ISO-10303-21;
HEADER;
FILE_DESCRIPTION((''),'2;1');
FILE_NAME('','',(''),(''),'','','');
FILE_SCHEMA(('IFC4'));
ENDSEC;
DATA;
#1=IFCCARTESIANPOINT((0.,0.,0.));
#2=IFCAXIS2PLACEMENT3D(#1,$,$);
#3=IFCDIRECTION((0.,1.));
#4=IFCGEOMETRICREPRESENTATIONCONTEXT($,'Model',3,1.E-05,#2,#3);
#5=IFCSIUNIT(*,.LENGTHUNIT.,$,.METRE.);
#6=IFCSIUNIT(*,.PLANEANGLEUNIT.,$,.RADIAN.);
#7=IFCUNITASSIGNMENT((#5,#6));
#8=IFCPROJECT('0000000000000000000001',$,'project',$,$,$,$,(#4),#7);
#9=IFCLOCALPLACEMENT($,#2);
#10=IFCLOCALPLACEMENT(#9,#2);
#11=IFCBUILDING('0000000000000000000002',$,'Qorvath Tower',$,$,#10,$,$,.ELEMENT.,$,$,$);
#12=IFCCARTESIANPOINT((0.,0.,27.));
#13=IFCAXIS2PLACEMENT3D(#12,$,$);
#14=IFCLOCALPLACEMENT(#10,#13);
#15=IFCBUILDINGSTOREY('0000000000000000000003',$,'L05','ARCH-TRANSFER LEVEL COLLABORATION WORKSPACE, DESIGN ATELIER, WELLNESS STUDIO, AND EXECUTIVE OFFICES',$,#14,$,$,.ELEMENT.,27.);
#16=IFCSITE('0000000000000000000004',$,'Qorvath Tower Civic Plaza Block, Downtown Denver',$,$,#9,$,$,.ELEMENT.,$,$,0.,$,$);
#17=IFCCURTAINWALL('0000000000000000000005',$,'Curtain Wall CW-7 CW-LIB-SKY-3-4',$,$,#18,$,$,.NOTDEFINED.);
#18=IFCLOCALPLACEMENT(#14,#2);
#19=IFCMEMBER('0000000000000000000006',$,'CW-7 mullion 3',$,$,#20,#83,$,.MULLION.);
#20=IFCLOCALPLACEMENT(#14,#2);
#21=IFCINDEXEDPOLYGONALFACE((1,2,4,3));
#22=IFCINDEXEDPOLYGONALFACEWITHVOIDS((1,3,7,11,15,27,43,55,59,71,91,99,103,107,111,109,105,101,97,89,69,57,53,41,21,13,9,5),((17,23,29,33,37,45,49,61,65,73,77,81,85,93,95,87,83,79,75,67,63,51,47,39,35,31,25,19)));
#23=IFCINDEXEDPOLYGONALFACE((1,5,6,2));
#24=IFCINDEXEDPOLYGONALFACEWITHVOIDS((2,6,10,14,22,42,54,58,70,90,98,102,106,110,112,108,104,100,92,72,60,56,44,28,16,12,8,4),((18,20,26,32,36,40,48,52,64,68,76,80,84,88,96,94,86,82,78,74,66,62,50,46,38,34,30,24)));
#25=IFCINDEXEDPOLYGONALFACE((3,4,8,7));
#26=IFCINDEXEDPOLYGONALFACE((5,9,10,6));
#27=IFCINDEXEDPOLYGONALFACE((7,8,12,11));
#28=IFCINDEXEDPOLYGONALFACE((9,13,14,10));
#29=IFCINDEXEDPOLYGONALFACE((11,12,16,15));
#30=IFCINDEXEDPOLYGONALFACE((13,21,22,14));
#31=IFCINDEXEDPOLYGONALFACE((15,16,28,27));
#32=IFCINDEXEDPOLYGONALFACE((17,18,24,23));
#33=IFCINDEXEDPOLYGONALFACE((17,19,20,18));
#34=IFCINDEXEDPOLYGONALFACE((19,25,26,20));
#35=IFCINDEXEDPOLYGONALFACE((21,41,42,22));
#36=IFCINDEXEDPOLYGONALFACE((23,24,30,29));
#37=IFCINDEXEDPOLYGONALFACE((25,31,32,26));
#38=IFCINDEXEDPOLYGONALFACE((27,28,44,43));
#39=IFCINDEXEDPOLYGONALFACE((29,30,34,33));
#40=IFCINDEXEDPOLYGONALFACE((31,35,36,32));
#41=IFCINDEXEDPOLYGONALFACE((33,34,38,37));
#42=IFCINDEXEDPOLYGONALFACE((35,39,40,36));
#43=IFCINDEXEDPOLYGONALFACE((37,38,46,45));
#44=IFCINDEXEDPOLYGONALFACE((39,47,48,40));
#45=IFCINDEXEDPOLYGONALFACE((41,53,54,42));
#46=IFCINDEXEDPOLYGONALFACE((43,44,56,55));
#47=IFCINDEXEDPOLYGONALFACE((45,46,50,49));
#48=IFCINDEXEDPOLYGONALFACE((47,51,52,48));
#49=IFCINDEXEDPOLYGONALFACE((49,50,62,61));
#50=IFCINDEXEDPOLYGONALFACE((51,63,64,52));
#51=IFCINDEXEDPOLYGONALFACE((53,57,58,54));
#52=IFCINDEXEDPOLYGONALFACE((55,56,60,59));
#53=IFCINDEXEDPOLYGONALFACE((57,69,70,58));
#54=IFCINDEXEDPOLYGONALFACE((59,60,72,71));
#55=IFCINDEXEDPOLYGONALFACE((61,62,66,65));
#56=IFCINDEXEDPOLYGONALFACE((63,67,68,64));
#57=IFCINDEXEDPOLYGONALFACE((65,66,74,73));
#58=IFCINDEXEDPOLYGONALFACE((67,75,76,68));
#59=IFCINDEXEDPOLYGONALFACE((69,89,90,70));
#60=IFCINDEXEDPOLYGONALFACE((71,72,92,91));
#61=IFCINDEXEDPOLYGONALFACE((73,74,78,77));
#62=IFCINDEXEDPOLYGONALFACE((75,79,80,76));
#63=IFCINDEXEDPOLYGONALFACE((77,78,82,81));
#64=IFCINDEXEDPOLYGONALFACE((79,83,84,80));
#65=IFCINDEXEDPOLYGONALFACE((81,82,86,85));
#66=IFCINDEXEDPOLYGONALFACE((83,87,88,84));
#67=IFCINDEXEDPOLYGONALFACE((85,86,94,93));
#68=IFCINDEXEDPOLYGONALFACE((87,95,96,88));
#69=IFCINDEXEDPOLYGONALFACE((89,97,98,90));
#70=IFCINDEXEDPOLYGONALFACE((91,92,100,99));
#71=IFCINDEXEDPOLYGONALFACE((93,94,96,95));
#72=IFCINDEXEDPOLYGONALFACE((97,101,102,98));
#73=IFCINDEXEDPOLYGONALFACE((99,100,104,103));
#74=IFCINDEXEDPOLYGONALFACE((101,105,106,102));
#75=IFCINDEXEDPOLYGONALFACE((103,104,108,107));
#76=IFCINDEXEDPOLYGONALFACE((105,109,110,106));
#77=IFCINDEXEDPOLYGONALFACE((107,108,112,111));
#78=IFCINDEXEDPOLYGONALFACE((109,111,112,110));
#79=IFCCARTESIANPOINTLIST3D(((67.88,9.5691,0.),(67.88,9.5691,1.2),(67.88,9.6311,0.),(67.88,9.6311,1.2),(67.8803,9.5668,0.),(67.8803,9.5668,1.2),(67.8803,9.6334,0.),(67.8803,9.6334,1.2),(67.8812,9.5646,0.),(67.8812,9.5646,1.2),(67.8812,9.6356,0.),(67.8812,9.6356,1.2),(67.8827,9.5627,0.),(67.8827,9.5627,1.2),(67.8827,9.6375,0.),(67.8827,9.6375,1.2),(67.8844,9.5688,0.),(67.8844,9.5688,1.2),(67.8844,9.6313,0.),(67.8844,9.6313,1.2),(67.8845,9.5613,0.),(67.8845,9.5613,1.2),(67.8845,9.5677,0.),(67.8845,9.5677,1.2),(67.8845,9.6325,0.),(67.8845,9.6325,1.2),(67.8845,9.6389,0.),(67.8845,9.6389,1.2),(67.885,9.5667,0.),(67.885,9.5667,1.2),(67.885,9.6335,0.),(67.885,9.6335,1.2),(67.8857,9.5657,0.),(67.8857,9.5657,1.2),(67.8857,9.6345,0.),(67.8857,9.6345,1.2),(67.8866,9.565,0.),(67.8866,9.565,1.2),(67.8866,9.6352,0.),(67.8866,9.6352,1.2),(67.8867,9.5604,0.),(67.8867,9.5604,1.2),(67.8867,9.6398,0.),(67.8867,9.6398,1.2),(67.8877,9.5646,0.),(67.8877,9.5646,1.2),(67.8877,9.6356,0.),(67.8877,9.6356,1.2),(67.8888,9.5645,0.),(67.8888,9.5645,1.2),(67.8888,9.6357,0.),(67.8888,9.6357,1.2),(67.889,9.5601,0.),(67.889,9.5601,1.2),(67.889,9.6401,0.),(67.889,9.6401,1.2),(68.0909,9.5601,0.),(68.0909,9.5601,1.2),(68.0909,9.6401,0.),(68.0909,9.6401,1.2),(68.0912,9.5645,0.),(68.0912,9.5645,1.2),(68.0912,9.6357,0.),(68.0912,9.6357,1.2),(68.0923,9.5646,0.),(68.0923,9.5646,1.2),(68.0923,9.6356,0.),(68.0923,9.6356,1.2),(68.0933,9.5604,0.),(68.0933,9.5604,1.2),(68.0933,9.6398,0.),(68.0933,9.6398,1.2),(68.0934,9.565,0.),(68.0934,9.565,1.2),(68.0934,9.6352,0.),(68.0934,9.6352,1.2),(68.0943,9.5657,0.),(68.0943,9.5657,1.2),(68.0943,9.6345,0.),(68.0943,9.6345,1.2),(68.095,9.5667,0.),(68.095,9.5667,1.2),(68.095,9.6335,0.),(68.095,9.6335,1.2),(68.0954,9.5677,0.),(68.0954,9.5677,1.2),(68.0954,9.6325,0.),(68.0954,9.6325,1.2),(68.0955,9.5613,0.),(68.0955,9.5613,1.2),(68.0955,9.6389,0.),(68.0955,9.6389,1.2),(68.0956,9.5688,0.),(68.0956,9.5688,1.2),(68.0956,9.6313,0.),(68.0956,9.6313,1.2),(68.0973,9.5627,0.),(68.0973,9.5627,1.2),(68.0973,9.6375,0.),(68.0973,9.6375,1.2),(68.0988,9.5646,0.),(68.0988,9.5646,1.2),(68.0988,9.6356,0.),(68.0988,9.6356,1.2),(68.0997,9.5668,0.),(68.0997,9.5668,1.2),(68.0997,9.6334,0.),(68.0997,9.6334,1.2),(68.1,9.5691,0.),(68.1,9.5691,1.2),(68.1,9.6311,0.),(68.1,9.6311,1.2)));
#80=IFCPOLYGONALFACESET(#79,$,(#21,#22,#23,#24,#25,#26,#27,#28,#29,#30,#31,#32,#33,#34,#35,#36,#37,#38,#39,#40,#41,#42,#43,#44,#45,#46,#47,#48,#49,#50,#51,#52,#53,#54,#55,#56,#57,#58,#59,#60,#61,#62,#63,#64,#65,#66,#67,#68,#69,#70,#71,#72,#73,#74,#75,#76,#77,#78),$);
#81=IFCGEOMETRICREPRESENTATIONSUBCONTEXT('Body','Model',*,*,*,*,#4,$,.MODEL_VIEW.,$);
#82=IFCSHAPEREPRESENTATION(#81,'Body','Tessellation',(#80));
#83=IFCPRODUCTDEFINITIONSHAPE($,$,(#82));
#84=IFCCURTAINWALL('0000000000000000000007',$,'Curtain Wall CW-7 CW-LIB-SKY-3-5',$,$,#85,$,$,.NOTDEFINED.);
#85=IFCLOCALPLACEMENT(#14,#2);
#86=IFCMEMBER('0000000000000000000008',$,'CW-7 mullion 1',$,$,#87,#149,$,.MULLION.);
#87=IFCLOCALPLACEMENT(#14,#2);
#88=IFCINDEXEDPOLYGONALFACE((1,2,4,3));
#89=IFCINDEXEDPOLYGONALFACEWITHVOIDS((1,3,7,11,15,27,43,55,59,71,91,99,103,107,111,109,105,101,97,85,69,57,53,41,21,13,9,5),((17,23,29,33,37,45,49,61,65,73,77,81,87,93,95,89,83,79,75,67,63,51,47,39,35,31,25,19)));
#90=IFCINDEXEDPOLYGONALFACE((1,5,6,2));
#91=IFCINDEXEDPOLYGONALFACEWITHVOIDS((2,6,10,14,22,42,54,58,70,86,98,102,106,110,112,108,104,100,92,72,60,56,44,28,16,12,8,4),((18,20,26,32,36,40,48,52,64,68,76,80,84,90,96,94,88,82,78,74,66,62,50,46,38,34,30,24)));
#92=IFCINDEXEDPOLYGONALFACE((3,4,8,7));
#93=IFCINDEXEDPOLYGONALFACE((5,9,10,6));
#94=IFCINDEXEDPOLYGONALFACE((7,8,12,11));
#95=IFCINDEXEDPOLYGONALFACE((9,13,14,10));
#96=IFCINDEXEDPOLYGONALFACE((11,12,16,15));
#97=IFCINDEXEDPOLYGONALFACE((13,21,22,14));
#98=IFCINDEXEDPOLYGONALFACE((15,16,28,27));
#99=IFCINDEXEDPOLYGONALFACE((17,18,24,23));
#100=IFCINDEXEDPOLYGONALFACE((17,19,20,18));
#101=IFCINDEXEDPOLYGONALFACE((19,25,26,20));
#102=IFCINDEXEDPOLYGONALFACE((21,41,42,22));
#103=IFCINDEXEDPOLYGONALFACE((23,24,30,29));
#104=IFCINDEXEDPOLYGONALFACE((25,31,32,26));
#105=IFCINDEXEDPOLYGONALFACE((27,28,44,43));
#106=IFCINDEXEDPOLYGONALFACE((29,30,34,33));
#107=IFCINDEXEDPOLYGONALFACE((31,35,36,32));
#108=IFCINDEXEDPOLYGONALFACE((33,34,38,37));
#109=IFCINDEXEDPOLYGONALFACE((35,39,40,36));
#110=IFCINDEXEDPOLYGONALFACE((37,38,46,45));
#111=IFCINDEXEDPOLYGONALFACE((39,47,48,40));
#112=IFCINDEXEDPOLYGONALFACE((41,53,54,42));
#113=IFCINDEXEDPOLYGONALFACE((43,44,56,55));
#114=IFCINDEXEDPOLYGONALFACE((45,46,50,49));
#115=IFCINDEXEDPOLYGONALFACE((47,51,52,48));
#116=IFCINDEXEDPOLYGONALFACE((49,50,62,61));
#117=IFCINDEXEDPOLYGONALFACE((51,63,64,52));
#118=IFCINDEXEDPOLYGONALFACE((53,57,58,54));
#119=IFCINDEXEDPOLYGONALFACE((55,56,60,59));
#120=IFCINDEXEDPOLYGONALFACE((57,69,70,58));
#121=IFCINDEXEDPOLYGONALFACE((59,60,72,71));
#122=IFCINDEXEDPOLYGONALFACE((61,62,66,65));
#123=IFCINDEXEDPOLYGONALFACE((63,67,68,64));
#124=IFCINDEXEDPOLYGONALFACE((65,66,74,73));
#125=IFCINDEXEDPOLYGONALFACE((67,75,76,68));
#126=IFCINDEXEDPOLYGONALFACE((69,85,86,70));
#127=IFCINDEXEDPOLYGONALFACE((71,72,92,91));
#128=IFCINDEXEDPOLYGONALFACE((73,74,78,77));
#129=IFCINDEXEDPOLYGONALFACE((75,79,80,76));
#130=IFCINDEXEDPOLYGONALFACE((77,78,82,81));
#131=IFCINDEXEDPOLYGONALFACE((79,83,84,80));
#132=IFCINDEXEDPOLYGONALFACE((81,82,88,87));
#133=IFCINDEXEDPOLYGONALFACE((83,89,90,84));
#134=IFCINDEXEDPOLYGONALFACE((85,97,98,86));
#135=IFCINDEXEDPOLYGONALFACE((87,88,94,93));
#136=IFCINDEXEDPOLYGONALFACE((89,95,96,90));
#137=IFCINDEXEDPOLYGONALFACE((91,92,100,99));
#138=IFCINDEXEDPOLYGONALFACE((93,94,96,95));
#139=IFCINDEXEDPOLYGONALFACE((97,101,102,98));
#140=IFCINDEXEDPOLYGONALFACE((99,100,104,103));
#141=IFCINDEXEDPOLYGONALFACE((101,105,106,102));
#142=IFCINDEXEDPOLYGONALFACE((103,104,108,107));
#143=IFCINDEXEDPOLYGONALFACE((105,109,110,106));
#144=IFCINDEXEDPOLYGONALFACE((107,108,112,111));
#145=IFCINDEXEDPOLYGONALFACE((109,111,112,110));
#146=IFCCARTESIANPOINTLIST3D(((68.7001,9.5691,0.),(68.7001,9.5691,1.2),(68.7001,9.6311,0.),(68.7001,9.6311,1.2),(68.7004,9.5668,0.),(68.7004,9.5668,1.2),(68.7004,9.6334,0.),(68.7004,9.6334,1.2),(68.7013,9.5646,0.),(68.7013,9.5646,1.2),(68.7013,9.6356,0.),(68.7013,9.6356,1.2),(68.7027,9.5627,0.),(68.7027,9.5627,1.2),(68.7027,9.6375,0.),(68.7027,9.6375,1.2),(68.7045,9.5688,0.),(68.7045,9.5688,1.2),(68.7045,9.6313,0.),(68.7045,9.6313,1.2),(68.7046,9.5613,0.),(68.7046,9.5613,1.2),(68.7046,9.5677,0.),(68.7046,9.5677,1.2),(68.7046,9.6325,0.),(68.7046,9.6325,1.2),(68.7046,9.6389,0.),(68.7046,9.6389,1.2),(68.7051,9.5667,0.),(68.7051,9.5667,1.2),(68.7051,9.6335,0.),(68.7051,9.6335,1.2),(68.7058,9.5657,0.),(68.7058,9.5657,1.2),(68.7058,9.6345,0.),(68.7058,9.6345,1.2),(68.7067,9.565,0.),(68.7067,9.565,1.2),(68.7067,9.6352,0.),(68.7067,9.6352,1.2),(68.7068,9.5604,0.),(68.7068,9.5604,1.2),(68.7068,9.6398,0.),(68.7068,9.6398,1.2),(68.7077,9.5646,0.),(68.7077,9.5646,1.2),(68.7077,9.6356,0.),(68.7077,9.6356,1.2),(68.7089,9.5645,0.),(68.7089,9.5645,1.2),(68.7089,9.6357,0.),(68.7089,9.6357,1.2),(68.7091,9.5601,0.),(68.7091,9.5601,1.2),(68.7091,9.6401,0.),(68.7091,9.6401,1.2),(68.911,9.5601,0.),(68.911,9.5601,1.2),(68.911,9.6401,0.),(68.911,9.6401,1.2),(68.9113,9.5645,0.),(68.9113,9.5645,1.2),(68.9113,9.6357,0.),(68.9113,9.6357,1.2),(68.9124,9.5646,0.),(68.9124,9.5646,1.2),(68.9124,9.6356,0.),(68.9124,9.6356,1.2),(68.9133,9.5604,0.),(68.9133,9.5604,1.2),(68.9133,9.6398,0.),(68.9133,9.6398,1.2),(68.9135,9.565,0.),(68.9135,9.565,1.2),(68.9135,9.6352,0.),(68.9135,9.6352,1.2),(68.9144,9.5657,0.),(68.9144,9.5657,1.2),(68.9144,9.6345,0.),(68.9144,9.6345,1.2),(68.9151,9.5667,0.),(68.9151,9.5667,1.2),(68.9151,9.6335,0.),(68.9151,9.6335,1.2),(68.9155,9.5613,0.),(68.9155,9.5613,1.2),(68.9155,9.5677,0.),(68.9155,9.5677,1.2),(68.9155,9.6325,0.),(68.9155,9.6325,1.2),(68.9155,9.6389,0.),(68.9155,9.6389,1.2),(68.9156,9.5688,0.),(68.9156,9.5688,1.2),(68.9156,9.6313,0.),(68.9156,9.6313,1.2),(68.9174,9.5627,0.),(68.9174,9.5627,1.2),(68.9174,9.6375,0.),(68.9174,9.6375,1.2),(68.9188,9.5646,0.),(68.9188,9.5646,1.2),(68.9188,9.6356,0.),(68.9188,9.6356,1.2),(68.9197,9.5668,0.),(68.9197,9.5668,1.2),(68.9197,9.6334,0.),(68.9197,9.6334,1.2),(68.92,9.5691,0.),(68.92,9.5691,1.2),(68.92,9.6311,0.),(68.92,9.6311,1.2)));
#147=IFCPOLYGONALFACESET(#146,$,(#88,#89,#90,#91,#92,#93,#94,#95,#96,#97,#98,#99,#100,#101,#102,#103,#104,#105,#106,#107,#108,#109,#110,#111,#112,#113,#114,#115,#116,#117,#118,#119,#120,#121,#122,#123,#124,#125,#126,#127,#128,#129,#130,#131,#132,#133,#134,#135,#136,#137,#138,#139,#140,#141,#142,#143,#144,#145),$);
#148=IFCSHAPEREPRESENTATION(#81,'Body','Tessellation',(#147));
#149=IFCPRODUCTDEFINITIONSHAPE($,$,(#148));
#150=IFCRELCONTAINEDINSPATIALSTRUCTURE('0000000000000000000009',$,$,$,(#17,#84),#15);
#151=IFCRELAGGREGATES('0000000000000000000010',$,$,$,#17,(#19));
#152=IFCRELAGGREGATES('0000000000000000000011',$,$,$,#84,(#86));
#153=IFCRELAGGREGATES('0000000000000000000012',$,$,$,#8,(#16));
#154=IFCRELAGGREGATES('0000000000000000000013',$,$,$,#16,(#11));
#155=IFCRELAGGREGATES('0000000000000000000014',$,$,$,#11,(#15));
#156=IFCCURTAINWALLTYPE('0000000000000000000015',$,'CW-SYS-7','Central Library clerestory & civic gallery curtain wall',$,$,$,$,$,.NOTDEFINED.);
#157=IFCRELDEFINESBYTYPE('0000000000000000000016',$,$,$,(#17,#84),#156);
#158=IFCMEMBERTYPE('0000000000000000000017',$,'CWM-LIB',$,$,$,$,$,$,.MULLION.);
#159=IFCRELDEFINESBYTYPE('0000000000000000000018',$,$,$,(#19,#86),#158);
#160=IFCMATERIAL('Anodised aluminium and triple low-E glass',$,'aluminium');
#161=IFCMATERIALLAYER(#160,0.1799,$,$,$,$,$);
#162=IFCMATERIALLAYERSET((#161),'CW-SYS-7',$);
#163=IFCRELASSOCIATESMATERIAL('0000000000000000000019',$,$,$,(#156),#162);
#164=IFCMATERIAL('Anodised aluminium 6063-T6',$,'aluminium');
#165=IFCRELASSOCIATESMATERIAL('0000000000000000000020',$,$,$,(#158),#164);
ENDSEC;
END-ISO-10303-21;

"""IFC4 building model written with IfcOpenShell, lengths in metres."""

from ifc_helpers import new_model, si_unit, direction, frame, origin, origin_2d, place, context, subcontext, project, spatial, hollow_rectangle, extrude, material, layer, layer_set, material_profile, profile_set, type_object, element, aggregate, save


model = new_model("IFC4")

# Units and contexts
model_context = context("Model", 3, precision=1e-05, world=origin(), true_north=direction((0.0, 1.0)))
body_context = subcontext(model_context, "Body", "Model", "MODEL_VIEW")
ifc_project = project(units=[si_unit("LENGTHUNIT", "METRE"), si_unit("PLANEANGLEUNIT", "RADIAN")], contexts=[model_context])

# Site, building, storey
site_placement = place(None, origin())
site = spatial("IfcSite", under=ifc_project, at=site_placement, Name="Qorvath Tower Civic Plaza Block, Downtown Denver", CompositionType="ELEMENT", RefElevation=0.0)
building_placement = place(site_placement, origin())
building = spatial("IfcBuilding", under=site, at=building_placement, Name="Qorvath Tower", CompositionType="ELEMENT")
storey_placement = place(building_placement, frame((0.0, 0.0, 27.0)))
storey = spatial("IfcBuildingStorey", under=building, at=storey_placement, Name="L05", Description="ARCH-TRANSFER LEVEL COLLABORATION WORKSPACE, DESIGN ATELIER, WELLNESS STUDIO, AND EXECUTIVE OFFICES", CompositionType="ELEMENT", Elevation=27.0)

# Shared definitions
ifc_material_1 = material(Name="Anodised aluminium and triple low-E glass", Category="aluminium")
ifc_layer_1 = layer(ifc_material_1, 0.1799)
ifc_layer_set_1 = layer_set([ifc_layer_1], Name="CW-SYS-7")
curtain_wall_type = type_object("IfcCurtainWallType", Name="CW-SYS-7", Description="Central Library clerestory & civic gallery curtain wall", PredefinedType="NOTDEFINED", material=ifc_layer_set_1)
ifc_material_2 = material(Name="Anodised aluminium 6063-T6", Category="aluminium")
ifc_material_profile_1 = material_profile(ifc_material_2, hollow_rectangle(XDim=0.0801, YDim=0.22, WallThickness=0.0044, InnerFilletRadius=0.0044, OuterFilletRadius=0.009, at=origin_2d()), Name="CWM LIB 220x80")
ifc_profile_set_1 = profile_set([ifc_material_profile_1], Name="Anodised aluminium 6063-T6")
member_type_1 = type_object("IfcMemberType", Name="CWM-LIB", PredefinedType="MULLION", material=ifc_profile_set_1)

# Curtain walls, members
curtain_wall_1_placement = place(storey_placement, origin())
curtain_wall_1 = element("IfcCurtainWall", 1, at=curtain_wall_1_placement, inside=storey, type_object=curtain_wall_type, Name="Curtain Wall CW-7 CW-LIB-SKY-3-4", PredefinedType="NOTDEFINED")
member_1_placement = place(storey_placement, frame((67.99, 9.6001, 0.0), z_axis=(0.0, 0.0, 1.0), x_axis=(0.0, 1.0, 0.0)))
member_1 = element("IfcMember", 2, at=member_1_placement, type_object=member_type_1, Name="CW-7 mullion 3", PredefinedType="MULLION", context=body_context, shape_type="SweptSolid", body=[
    extrude(hollow_rectangle(XDim=0.0801, YDim=0.22, WallThickness=0.0044, InnerFilletRadius=0.0044, OuterFilletRadius=0.009, at=origin_2d()), origin(), (0.0, 0.0, 1.0), 1.2),
])
curtain_wall_2_placement = place(storey_placement, origin())
curtain_wall_2 = element("IfcCurtainWall", 3, at=curtain_wall_2_placement, inside=storey, type_object=curtain_wall_type, Name="Curtain Wall CW-7 CW-LIB-SKY-3-5", PredefinedType="NOTDEFINED")
member_2_placement = place(storey_placement, frame((68.8101, 9.6001, 0.0), z_axis=(0.0, 0.0, 1.0), x_axis=(0.0, 1.0, 0.0)))
member_2 = element("IfcMember", 4, at=member_2_placement, type_object=member_type_1, Name="CW-7 mullion 1", PredefinedType="MULLION", context=body_context, shape_type="SweptSolid", body=[
    extrude(hollow_rectangle(XDim=0.0801, YDim=0.22, WallThickness=0.0044, InnerFilletRadius=0.0044, OuterFilletRadius=0.009, at=origin_2d()), origin(), (0.0, 0.0, 1.0), 1.2),
])

aggregate(curtain_wall_1, [member_1])
aggregate(curtain_wall_2, [member_2])

save(model, "model.ifc")
